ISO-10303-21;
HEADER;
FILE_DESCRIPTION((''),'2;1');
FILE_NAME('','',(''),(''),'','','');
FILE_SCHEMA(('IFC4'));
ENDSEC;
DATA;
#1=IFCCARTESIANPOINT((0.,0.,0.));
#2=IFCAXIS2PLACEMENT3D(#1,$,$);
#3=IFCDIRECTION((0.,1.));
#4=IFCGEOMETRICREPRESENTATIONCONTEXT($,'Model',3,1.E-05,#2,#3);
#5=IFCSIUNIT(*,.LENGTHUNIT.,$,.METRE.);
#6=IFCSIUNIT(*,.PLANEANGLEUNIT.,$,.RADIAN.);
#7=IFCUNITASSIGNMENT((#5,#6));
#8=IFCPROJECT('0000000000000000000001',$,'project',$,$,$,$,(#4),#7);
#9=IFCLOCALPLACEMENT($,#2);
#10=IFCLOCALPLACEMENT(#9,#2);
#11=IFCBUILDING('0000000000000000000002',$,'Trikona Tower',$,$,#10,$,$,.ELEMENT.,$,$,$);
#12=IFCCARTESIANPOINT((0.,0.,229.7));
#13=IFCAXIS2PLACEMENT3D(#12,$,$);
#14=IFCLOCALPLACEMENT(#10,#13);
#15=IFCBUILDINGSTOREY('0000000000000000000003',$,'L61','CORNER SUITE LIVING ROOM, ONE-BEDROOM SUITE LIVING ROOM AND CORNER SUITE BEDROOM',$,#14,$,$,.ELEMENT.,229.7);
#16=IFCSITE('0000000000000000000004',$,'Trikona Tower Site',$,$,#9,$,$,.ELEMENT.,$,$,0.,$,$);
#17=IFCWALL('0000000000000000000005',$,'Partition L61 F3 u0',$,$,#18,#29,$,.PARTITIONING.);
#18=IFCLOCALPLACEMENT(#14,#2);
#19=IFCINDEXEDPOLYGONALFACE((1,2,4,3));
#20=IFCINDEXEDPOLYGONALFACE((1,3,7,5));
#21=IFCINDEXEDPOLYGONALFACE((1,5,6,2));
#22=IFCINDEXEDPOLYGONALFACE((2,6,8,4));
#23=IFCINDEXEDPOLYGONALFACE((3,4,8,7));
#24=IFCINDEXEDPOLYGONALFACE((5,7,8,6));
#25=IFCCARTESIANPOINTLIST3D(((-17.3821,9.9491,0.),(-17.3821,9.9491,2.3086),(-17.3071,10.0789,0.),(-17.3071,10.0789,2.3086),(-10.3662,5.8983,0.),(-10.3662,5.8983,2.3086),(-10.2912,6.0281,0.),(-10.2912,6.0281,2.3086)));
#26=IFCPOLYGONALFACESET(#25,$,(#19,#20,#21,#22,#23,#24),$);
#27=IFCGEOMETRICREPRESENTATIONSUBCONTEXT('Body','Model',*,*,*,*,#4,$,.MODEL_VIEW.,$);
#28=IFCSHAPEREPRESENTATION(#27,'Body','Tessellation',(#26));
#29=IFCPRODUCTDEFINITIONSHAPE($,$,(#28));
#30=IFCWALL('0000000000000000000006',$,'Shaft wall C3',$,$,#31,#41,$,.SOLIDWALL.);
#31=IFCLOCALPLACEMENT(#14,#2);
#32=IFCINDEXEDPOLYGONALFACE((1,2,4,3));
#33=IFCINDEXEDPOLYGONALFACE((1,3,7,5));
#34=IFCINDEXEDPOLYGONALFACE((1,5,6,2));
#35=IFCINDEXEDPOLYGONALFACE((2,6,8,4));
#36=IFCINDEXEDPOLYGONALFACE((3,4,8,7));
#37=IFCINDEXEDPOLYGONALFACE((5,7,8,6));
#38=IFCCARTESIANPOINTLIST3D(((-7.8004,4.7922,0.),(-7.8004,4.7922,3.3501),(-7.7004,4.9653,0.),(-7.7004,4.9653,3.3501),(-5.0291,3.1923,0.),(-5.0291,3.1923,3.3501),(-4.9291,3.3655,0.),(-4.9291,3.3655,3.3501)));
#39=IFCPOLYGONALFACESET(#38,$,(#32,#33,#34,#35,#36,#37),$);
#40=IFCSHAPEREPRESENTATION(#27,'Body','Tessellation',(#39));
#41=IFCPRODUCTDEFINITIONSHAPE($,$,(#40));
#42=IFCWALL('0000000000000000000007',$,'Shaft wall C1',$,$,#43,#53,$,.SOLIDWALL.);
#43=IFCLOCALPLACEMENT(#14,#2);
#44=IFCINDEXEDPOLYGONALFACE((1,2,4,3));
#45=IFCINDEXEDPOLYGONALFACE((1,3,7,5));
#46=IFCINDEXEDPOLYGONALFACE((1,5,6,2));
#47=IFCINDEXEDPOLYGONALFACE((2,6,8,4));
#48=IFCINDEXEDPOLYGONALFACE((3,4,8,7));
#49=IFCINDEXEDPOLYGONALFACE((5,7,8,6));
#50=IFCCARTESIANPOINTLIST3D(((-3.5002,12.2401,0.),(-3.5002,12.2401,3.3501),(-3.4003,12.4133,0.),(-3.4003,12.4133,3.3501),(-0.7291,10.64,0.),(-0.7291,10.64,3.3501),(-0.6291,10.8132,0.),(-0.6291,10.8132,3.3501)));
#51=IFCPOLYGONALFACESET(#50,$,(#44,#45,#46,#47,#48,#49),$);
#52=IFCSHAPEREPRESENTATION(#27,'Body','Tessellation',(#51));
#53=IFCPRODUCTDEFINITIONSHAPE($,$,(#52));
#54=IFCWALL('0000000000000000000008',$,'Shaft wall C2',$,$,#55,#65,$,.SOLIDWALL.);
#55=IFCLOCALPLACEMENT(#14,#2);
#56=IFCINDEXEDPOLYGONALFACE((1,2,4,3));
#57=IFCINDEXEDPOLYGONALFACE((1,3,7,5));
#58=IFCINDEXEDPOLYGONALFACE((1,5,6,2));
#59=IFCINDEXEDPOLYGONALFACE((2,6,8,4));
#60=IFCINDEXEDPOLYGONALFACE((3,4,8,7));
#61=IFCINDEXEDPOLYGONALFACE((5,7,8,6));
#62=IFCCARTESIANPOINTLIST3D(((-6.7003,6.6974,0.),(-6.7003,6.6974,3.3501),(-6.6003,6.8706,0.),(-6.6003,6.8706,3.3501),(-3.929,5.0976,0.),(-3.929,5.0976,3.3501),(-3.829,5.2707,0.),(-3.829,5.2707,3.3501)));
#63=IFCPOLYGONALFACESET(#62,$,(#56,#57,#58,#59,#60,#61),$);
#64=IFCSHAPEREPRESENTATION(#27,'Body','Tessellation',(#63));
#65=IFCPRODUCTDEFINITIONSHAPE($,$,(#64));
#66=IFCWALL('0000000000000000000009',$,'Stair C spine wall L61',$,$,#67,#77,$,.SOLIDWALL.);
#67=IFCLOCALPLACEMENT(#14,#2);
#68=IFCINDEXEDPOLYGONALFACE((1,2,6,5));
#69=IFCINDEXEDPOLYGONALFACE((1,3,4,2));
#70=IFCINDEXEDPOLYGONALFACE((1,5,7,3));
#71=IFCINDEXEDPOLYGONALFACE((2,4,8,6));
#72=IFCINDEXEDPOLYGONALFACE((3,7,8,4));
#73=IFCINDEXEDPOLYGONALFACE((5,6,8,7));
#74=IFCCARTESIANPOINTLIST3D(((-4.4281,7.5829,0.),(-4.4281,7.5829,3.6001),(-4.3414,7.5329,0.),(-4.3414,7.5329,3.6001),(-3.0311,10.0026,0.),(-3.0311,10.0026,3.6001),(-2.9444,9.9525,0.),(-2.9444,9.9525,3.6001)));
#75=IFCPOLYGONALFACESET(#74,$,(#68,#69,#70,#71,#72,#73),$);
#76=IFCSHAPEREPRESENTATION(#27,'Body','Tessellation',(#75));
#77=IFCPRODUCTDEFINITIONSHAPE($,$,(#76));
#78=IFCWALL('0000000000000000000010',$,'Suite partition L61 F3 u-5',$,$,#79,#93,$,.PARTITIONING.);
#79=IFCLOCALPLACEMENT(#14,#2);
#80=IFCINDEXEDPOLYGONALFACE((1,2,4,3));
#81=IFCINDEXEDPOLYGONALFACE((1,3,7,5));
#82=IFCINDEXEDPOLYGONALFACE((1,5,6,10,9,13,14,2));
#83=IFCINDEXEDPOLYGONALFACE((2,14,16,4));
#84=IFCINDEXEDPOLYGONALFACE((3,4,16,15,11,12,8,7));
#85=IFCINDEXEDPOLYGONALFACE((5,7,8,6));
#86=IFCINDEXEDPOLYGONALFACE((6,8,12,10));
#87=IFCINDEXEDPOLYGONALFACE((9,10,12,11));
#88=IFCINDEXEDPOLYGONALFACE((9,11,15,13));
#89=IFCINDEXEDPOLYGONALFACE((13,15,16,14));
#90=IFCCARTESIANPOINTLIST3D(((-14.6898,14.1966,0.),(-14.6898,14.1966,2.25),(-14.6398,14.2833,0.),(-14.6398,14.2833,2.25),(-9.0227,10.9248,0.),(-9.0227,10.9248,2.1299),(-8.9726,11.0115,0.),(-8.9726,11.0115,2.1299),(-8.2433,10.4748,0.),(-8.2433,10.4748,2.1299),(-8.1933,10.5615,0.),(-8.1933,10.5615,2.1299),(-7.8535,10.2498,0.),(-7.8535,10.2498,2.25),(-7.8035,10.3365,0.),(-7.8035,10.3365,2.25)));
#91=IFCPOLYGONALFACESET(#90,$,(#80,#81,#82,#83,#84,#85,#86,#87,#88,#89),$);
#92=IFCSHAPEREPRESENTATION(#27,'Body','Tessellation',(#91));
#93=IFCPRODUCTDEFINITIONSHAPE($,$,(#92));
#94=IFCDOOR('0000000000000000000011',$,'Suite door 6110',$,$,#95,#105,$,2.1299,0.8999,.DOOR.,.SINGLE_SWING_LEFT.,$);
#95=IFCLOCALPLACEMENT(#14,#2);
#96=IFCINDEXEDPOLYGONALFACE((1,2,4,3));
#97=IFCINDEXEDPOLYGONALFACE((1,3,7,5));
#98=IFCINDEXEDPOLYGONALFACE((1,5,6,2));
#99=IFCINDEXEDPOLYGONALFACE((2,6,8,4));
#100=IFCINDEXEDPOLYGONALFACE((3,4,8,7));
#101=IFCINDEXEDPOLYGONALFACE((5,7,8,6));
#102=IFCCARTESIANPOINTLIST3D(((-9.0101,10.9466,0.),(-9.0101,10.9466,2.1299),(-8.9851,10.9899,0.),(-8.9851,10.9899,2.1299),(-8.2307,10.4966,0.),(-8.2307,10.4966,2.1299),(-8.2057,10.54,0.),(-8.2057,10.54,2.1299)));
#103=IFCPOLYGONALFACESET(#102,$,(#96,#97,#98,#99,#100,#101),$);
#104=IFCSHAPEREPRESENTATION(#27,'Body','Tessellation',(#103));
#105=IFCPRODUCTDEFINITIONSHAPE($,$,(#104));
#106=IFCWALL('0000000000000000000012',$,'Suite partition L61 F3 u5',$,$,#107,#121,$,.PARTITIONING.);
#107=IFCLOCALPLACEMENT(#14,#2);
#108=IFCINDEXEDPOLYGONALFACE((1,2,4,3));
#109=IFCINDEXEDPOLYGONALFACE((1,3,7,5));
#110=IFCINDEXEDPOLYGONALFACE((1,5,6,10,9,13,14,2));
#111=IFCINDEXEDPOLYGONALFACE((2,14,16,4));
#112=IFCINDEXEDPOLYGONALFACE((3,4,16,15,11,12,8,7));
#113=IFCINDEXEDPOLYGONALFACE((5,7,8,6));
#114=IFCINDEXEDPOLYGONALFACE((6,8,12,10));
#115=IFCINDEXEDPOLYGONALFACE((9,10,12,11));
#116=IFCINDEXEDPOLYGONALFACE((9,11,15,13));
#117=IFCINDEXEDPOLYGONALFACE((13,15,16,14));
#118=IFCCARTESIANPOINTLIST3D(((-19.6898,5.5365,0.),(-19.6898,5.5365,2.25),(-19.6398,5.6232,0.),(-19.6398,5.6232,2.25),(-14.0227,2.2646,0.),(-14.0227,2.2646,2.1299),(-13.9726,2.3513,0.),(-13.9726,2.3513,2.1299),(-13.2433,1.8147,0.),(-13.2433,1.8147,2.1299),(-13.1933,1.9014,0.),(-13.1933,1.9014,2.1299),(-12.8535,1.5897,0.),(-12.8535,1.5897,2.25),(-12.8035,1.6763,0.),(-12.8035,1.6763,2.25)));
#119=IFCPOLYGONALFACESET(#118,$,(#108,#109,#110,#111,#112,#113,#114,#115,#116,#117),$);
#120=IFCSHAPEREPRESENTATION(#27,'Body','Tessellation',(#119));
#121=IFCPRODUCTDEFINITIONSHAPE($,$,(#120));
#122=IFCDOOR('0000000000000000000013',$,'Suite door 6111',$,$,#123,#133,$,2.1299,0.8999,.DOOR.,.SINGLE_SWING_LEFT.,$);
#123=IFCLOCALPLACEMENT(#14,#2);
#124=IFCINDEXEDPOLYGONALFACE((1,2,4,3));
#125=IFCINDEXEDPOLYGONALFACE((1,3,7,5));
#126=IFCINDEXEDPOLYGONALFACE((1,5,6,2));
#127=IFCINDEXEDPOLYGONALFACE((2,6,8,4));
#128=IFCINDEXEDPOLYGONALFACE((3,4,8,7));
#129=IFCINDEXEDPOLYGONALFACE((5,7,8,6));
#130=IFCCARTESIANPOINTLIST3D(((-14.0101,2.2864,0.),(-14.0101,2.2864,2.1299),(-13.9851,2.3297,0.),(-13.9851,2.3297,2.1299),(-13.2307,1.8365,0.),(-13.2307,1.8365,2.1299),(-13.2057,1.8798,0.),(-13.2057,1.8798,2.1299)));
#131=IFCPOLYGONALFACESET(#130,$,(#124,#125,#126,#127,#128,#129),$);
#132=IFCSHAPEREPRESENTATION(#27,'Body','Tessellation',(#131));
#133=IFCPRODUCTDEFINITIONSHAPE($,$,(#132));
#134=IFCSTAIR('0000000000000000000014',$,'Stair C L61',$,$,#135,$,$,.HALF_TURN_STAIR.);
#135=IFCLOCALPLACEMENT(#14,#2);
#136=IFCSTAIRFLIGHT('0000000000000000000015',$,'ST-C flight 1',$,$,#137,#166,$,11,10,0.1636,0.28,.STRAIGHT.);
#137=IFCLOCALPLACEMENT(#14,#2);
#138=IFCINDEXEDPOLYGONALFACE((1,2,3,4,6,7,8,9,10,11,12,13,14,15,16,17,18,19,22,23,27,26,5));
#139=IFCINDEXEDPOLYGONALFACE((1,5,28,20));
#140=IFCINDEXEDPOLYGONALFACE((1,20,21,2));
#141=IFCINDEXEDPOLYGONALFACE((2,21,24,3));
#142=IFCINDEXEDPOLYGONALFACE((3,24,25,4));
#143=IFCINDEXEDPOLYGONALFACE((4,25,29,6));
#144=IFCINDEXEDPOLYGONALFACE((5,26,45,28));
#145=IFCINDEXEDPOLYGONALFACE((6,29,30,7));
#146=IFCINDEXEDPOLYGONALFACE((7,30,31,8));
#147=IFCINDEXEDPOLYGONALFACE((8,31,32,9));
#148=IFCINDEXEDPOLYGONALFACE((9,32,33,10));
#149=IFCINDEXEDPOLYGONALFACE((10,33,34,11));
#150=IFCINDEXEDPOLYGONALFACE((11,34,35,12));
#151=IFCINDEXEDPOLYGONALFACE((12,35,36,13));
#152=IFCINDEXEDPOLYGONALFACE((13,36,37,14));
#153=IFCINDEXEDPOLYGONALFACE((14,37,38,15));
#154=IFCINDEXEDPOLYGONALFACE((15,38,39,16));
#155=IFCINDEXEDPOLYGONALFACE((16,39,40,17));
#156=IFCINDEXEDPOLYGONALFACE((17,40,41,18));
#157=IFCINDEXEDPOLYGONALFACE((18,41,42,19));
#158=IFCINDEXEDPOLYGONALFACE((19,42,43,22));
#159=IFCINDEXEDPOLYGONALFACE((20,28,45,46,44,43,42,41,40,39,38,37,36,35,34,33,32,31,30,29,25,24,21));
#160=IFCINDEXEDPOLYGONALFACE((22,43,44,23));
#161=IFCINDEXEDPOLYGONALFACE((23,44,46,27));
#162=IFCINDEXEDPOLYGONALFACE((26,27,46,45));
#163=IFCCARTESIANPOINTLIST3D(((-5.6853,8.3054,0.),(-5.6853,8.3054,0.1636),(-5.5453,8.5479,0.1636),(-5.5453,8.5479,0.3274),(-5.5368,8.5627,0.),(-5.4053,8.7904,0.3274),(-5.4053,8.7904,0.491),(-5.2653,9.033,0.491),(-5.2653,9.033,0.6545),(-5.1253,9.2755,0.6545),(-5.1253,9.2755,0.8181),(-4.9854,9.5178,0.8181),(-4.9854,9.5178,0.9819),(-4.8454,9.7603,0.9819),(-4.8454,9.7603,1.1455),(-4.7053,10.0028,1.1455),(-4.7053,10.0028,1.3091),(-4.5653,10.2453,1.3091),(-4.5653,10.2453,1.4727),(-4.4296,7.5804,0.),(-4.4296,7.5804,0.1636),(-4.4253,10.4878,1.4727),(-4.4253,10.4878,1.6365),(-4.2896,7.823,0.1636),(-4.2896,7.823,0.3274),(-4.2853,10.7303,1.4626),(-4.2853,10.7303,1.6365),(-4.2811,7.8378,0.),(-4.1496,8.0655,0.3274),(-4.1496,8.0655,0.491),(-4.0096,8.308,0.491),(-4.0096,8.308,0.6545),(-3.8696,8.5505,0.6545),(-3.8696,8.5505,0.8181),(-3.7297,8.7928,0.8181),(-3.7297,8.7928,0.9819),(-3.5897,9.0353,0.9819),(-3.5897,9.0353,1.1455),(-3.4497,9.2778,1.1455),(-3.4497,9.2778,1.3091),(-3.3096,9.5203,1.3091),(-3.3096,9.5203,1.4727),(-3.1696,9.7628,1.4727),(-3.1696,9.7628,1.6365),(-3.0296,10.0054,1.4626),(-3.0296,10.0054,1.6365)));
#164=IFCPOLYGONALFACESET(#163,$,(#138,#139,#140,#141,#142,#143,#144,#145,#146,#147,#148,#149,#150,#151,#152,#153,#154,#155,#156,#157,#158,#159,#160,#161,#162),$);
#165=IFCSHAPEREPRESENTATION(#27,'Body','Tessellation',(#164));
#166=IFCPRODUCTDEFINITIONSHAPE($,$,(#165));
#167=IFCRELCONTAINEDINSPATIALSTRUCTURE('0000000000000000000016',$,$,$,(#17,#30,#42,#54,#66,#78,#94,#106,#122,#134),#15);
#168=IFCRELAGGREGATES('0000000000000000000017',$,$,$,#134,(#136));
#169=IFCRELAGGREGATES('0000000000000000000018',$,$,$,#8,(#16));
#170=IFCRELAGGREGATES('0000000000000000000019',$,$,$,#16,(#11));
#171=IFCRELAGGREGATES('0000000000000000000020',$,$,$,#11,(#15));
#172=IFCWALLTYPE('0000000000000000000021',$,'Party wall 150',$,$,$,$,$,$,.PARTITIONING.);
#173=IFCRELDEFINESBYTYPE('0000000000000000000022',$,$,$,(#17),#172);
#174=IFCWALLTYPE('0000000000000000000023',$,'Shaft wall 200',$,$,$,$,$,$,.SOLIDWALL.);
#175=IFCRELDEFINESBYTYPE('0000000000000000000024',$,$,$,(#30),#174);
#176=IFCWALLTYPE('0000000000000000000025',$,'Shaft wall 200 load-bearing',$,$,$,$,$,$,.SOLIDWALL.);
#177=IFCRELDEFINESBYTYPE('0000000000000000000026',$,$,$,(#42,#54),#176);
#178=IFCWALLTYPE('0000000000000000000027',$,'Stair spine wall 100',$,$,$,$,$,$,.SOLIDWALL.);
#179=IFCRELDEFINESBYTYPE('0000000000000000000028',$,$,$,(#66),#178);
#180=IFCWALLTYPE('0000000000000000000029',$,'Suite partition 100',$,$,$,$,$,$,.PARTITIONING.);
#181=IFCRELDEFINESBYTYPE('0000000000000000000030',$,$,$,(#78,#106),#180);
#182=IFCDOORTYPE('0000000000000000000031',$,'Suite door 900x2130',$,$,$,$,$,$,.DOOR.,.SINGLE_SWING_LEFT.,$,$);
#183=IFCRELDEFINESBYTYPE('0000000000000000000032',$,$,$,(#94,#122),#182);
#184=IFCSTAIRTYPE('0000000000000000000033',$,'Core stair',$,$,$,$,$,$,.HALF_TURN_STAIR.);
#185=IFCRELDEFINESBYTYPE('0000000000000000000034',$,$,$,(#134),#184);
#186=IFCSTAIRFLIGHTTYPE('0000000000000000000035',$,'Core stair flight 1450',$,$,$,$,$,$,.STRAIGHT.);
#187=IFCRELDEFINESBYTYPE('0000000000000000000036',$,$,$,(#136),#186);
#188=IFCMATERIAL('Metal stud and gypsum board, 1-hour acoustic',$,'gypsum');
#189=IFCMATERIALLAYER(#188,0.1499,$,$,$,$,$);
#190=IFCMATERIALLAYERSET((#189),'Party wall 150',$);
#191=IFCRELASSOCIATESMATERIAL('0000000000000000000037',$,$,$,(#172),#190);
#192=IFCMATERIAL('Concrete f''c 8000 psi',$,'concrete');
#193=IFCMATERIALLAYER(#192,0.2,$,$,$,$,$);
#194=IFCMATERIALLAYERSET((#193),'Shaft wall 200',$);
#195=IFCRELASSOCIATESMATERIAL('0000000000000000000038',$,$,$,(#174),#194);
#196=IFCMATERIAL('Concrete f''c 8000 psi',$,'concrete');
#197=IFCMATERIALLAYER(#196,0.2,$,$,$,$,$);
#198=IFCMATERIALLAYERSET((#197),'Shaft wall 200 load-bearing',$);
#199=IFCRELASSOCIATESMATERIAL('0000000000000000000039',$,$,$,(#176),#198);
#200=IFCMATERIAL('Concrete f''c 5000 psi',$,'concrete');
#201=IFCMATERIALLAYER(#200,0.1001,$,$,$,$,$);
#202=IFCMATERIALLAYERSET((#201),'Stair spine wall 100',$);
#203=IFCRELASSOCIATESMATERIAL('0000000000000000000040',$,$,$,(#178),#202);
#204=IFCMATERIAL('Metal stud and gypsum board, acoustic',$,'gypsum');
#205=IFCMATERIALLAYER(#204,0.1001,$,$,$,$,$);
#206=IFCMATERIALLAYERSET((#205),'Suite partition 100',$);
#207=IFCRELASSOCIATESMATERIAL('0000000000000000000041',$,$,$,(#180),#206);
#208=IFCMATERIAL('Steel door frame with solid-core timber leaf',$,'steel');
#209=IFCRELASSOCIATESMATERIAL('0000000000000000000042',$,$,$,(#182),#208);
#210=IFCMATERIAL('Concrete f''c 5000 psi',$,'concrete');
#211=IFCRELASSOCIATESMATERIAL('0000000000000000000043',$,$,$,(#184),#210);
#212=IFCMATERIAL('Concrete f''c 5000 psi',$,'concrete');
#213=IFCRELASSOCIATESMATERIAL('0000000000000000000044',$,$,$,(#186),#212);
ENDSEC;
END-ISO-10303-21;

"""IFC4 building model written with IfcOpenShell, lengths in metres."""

from ifc_helpers import new_model, si_unit, direction, frame, frame_2d, origin, place, context, subcontext, project, spatial, polyline, rectangle, outline, extrude, material, layer, layer_set, type_object, element, fill, aggregate, save


model = new_model("IFC4")

# Units and contexts
model_context = context("Model", 3, precision=1e-05, world=origin(), true_north=direction((0.0, 1.0)))
body_context = subcontext(model_context, "Body", "Model", "MODEL_VIEW")
ifc_project = project(units=[si_unit("LENGTHUNIT", "METRE"), si_unit("PLANEANGLEUNIT", "RADIAN")], contexts=[model_context])

# Site, building, storey
site_placement = place(None, origin())
site = spatial("IfcSite", under=ifc_project, at=site_placement, Name="Trikona Tower Site", CompositionType="ELEMENT", RefElevation=0.0)
building_placement = place(site_placement, origin())
building = spatial("IfcBuilding", under=site, at=building_placement, Name="Trikona Tower", CompositionType="ELEMENT")
storey_placement = place(building_placement, frame((0.0, 0.0, 229.7)))
storey = spatial("IfcBuildingStorey", under=building, at=storey_placement, Name="L61", Description="CORNER SUITE LIVING ROOM, ONE-BEDROOM SUITE LIVING ROOM AND CORNER SUITE BEDROOM", CompositionType="ELEMENT", Elevation=229.7)

# Walls
ifc_material_1 = material(Name="Metal stud and gypsum board, 1-hour acoustic", Category="gypsum")
ifc_layer_1 = layer(ifc_material_1, 0.1499)
ifc_layer_set_1 = layer_set([ifc_layer_1], Name="Party wall 150")
wall_type_1 = type_object("IfcWallType", Name="Party wall 150", PredefinedType="PARTITIONING", material=ifc_layer_set_1)
wall_1_placement = place(storey_placement, frame((-10.3286, 5.9631, 0.0), z_axis=(0.0, 0.0, 1.0), x_axis=(-0.866016, 0.500015, 0.0)))
element("IfcWall", 1, at=wall_1_placement, inside=storey, type_object=wall_type_1, Name="Partition L61 F3 u0", PredefinedType="PARTITIONING", context=body_context, shape_type="SweptSolid", body=[
    extrude(rectangle(XDim=8.1013, YDim=0.1499, at=frame_2d((4.0508, 0.0))), origin(), (0.0, 0.0, 1.0), 2.3086),
])
ifc_material_2 = material(Name="Concrete f'c 8000 psi", Category="concrete")
ifc_layer_2 = layer(ifc_material_2, 0.2)
ifc_layer_set_2 = layer_set([ifc_layer_2], Name="Shaft wall 200")
wall_type_2 = type_object("IfcWallType", Name="Shaft wall 200", PredefinedType="SOLIDWALL", material=ifc_layer_set_2)
wall_2_placement = place(storey_placement, frame((-4.979, 3.2788, 0.0), z_axis=(0.0, 0.0, 1.0), x_axis=(-0.866042, 0.499971, 0.0)))
element("IfcWall", 2, at=wall_2_placement, inside=storey, type_object=wall_type_2, Name="Shaft wall C3", PredefinedType="SOLIDWALL", context=body_context, shape_type="SweptSolid", body=[
    extrude(rectangle(XDim=3.2, YDim=0.2, at=frame_2d((1.6001, 0.0))), origin(), (0.0, 0.0, 1.0), 3.3501),
])
ifc_material_3 = material(Name="Concrete f'c 8000 psi", Category="concrete")
ifc_layer_3 = layer(ifc_material_3, 0.2)
ifc_layer_set_3 = layer_set([ifc_layer_3], Name="Shaft wall 200 load-bearing")
wall_type_3 = type_object("IfcWallType", Name="Shaft wall 200 load-bearing", PredefinedType="SOLIDWALL", material=ifc_layer_set_3)
for number, where, z_axis, x_axis, name in (
    (3, (-0.679, 10.7266, 0.0), (0.0, 0.0, 1.0), (-0.866009, 0.500028, 0.0), "Shaft wall C1"),
    (4, (-3.8789, 5.1841, 0.0), (0.0, 0.0, 1.0), (-0.866042, 0.499971, 0.0), "Shaft wall C2"),
):
    element("IfcWall", number, at=place(storey_placement, frame(where, z_axis=z_axis, x_axis=x_axis)), inside=storey, type_object=wall_type_3, Name=name, PredefinedType="SOLIDWALL", context=body_context, shape_type="SweptSolid", body=[
        extrude(rectangle(XDim=3.2, YDim=0.2, at=frame_2d((1.6001, 0.0))), origin(), (0.0, 0.0, 1.0), 3.3501),
    ])
ifc_material_4 = material(Name="Concrete f'c 5000 psi", Category="concrete")
ifc_layer_4 = layer(ifc_material_4, 0.1001)
ifc_layer_set_4 = layer_set([ifc_layer_4], Name="Stair spine wall 100")
wall_type_4 = type_object("IfcWallType", Name="Stair spine wall 100", PredefinedType="SOLIDWALL", material=ifc_layer_set_4)
wall_3_placement = place(storey_placement, frame((-2.9878, 9.9775, 0.0), z_axis=(0.0, 0.0, 1.0), x_axis=(-0.499992, -0.86603, 0.0)))
element("IfcWall", 5, at=wall_3_placement, inside=storey, type_object=wall_type_4, Name="Stair C spine wall L61", PredefinedType="SOLIDWALL", context=body_context, shape_type="SweptSolid", body=[
    extrude(rectangle(XDim=2.7939, YDim=0.1001, at=frame_2d((1.397, 0.0))), origin(), (0.0, 0.0, 1.0), 3.6001),
])

# Walls, openings, doors
ifc_material_5 = material(Name="Metal stud and gypsum board, acoustic", Category="gypsum")
ifc_layer_5 = layer(ifc_material_5, 0.1001)
ifc_layer_set_5 = layer_set([ifc_layer_5], Name="Suite partition 100")
wall_type_5 = type_object("IfcWallType", Name="Suite partition 100", PredefinedType="PARTITIONING", material=ifc_layer_set_5)
wall_4_placement = place(storey_placement, frame((-7.8286, 10.2932, 0.0), z_axis=(0.0, 0.0, 1.0), x_axis=(-0.866031, 0.499991, 0.0)))
wall_4 = element("IfcWall", 6, at=wall_4_placement, inside=storey, type_object=wall_type_5, Name="Suite partition L61 F3 u-5", PredefinedType="PARTITIONING", context=body_context, shape_type="SweptSolid", body=[
    extrude(rectangle(XDim=7.8938, YDim=0.1001, at=frame_2d((3.9468, 0.0))), origin(), (0.0, 0.0, 1.0), 2.25),
])
opening_1_placement = place(wall_4_placement, frame((0.45, 0.0, 0.0)))
opening_1 = element("IfcOpeningElement", 7, at=opening_1_placement, cuts=wall_4, PredefinedType="OPENING", context=body_context, shape_type="SweptSolid", body=[
    extrude(rectangle(XDim=0.8999, YDim=2.1299, at=frame_2d((0.45, 1.0649))), frame((0.0, 0.0601, 0.0), z_axis=(0.0, -1.0, 0.0), x_axis=(1.0, 0.0, 0.0)), (0.0, 0.0, 1.0), 0.1201),
])
ifc_material_6 = material(Name="Steel door frame with solid-core timber leaf", Category="steel")
door_type_1 = type_object("IfcDoorType", Name="Suite door 900x2130", OperationType="SINGLE_SWING_LEFT", PredefinedType="DOOR", material=ifc_material_6)
door_1_placement = place(opening_1_placement, origin())
door_1 = element("IfcDoor", 8, at=door_1_placement, inside=storey, type_object=door_type_1, Name="Suite door 6110", OperationType="SINGLE_SWING_LEFT", OverallHeight=2.1299, OverallWidth=0.8999, PredefinedType="DOOR", context=body_context, shape_type="SweptSolid", body=[
    extrude(rectangle(XDim=0.8999, YDim=2.1299, at=frame_2d((0.45, 1.0649))), frame((0.0, 0.0249, 0.0), z_axis=(0.0, -1.0, 0.0), x_axis=(1.0, 0.0, 0.0)), (0.0, 0.0, 1.0), 0.05),
])
fill(opening_1, door_1)
wall_5_placement = place(storey_placement, frame((-12.8286, 1.6331, 0.0), z_axis=(0.0, 0.0, 1.0), x_axis=(-0.866031, 0.499991, 0.0)))
wall_5 = element("IfcWall", 9, at=wall_5_placement, inside=storey, type_object=wall_type_5, Name="Suite partition L61 F3 u5", PredefinedType="PARTITIONING", context=body_context, shape_type="SweptSolid", body=[
    extrude(rectangle(XDim=7.8938, YDim=0.1001, at=frame_2d((3.9468, 0.0))), origin(), (0.0, 0.0, 1.0), 2.25),
])
opening_2_placement = place(wall_5_placement, frame((0.45, 0.0, 0.0)))
opening_2 = element("IfcOpeningElement", 10, at=opening_2_placement, cuts=wall_5, PredefinedType="OPENING", context=body_context, shape_type="SweptSolid", body=[
    extrude(rectangle(XDim=0.8999, YDim=2.1299, at=frame_2d((0.45, 1.0649))), frame((0.0, 0.0601, 0.0), z_axis=(0.0, -1.0, 0.0), x_axis=(1.0, 0.0, 0.0)), (0.0, 0.0, 1.0), 0.1201),
])
door_2_placement = place(opening_2_placement, origin())
door_2 = element("IfcDoor", 11, at=door_2_placement, inside=storey, type_object=door_type_1, Name="Suite door 6111", OperationType="SINGLE_SWING_LEFT", OverallHeight=2.1299, OverallWidth=0.8999, PredefinedType="DOOR", context=body_context, shape_type="SweptSolid", body=[
    extrude(rectangle(XDim=0.8999, YDim=2.1299, at=frame_2d((0.45, 1.0649))), frame((0.0, 0.0249, 0.0), z_axis=(0.0, -1.0, 0.0), x_axis=(1.0, 0.0, 0.0)), (0.0, 0.0, 1.0), 0.05),
])
fill(opening_2, door_2)

# Stair, stair flight
ifc_material_7 = material(Name="Concrete f'c 5000 psi", Category="concrete")
stair_type = type_object("IfcStairType", Name="Core stair", PredefinedType="HALF_TURN_STAIR", material=ifc_material_7)
stair_placement = place(storey_placement, origin())
stair = element("IfcStair", 12, at=stair_placement, inside=storey, type_object=stair_type, Name="Stair C L61", PredefinedType="HALF_TURN_STAIR")
ifc_material_8 = material(Name="Concrete f'c 5000 psi", Category="concrete")
stair_flight_type = type_object("IfcStairFlightType", Name="Core stair flight 1450", PredefinedType="STRAIGHT", material=ifc_material_8)
stair_flight_1_placement = place(storey_placement, frame((-5.0574, 7.9429, 0.0), z_axis=(0.0, 0.0, 1.0), x_axis=(0.5, 0.866025, 0.0)))
stair_flight_1 = element("IfcStairFlight", 13, at=stair_flight_1_placement, type_object=stair_flight_type, Name="ST-C flight 1", NumberOfRisers=11, NumberOfTreads=10, PredefinedType="STRAIGHT", RiserHeight=0.1636, TreadLength=0.28, context=body_context, shape_type="SweptSolid", body=[
    extrude(outline(polyline([(0.0, 0.0), (0.0, 0.1636), (0.28, 0.1636), (0.28, 0.3274), (0.5601, 0.3274), (0.5601, 0.491), (0.8401, 0.491), (0.8401, 0.6545), (1.1201, 0.6545), (1.1201, 0.8181), (1.3999, 0.8181), (1.3999, 0.9819), (1.6799, 0.9819), (1.6799, 1.1455), (1.96, 1.1455), (1.96, 1.3091), (2.24, 1.3091), (2.24, 1.4727), (2.52, 1.4727), (2.52, 1.6365), (2.8, 1.6365), (2.8, 1.8), (2.8, 1.4626), (0.2971, 0.0), (0.0, 0.0)])), frame((0.0, 0.7251, 0.0), z_axis=(0.0, -1.0, 0.0), x_axis=(1.0, 0.0, 0.0)), (0.0, 0.0, 1.0), 1.45),
])
aggregate(stair, [stair_flight_1])

save(model, "model.ifc")
